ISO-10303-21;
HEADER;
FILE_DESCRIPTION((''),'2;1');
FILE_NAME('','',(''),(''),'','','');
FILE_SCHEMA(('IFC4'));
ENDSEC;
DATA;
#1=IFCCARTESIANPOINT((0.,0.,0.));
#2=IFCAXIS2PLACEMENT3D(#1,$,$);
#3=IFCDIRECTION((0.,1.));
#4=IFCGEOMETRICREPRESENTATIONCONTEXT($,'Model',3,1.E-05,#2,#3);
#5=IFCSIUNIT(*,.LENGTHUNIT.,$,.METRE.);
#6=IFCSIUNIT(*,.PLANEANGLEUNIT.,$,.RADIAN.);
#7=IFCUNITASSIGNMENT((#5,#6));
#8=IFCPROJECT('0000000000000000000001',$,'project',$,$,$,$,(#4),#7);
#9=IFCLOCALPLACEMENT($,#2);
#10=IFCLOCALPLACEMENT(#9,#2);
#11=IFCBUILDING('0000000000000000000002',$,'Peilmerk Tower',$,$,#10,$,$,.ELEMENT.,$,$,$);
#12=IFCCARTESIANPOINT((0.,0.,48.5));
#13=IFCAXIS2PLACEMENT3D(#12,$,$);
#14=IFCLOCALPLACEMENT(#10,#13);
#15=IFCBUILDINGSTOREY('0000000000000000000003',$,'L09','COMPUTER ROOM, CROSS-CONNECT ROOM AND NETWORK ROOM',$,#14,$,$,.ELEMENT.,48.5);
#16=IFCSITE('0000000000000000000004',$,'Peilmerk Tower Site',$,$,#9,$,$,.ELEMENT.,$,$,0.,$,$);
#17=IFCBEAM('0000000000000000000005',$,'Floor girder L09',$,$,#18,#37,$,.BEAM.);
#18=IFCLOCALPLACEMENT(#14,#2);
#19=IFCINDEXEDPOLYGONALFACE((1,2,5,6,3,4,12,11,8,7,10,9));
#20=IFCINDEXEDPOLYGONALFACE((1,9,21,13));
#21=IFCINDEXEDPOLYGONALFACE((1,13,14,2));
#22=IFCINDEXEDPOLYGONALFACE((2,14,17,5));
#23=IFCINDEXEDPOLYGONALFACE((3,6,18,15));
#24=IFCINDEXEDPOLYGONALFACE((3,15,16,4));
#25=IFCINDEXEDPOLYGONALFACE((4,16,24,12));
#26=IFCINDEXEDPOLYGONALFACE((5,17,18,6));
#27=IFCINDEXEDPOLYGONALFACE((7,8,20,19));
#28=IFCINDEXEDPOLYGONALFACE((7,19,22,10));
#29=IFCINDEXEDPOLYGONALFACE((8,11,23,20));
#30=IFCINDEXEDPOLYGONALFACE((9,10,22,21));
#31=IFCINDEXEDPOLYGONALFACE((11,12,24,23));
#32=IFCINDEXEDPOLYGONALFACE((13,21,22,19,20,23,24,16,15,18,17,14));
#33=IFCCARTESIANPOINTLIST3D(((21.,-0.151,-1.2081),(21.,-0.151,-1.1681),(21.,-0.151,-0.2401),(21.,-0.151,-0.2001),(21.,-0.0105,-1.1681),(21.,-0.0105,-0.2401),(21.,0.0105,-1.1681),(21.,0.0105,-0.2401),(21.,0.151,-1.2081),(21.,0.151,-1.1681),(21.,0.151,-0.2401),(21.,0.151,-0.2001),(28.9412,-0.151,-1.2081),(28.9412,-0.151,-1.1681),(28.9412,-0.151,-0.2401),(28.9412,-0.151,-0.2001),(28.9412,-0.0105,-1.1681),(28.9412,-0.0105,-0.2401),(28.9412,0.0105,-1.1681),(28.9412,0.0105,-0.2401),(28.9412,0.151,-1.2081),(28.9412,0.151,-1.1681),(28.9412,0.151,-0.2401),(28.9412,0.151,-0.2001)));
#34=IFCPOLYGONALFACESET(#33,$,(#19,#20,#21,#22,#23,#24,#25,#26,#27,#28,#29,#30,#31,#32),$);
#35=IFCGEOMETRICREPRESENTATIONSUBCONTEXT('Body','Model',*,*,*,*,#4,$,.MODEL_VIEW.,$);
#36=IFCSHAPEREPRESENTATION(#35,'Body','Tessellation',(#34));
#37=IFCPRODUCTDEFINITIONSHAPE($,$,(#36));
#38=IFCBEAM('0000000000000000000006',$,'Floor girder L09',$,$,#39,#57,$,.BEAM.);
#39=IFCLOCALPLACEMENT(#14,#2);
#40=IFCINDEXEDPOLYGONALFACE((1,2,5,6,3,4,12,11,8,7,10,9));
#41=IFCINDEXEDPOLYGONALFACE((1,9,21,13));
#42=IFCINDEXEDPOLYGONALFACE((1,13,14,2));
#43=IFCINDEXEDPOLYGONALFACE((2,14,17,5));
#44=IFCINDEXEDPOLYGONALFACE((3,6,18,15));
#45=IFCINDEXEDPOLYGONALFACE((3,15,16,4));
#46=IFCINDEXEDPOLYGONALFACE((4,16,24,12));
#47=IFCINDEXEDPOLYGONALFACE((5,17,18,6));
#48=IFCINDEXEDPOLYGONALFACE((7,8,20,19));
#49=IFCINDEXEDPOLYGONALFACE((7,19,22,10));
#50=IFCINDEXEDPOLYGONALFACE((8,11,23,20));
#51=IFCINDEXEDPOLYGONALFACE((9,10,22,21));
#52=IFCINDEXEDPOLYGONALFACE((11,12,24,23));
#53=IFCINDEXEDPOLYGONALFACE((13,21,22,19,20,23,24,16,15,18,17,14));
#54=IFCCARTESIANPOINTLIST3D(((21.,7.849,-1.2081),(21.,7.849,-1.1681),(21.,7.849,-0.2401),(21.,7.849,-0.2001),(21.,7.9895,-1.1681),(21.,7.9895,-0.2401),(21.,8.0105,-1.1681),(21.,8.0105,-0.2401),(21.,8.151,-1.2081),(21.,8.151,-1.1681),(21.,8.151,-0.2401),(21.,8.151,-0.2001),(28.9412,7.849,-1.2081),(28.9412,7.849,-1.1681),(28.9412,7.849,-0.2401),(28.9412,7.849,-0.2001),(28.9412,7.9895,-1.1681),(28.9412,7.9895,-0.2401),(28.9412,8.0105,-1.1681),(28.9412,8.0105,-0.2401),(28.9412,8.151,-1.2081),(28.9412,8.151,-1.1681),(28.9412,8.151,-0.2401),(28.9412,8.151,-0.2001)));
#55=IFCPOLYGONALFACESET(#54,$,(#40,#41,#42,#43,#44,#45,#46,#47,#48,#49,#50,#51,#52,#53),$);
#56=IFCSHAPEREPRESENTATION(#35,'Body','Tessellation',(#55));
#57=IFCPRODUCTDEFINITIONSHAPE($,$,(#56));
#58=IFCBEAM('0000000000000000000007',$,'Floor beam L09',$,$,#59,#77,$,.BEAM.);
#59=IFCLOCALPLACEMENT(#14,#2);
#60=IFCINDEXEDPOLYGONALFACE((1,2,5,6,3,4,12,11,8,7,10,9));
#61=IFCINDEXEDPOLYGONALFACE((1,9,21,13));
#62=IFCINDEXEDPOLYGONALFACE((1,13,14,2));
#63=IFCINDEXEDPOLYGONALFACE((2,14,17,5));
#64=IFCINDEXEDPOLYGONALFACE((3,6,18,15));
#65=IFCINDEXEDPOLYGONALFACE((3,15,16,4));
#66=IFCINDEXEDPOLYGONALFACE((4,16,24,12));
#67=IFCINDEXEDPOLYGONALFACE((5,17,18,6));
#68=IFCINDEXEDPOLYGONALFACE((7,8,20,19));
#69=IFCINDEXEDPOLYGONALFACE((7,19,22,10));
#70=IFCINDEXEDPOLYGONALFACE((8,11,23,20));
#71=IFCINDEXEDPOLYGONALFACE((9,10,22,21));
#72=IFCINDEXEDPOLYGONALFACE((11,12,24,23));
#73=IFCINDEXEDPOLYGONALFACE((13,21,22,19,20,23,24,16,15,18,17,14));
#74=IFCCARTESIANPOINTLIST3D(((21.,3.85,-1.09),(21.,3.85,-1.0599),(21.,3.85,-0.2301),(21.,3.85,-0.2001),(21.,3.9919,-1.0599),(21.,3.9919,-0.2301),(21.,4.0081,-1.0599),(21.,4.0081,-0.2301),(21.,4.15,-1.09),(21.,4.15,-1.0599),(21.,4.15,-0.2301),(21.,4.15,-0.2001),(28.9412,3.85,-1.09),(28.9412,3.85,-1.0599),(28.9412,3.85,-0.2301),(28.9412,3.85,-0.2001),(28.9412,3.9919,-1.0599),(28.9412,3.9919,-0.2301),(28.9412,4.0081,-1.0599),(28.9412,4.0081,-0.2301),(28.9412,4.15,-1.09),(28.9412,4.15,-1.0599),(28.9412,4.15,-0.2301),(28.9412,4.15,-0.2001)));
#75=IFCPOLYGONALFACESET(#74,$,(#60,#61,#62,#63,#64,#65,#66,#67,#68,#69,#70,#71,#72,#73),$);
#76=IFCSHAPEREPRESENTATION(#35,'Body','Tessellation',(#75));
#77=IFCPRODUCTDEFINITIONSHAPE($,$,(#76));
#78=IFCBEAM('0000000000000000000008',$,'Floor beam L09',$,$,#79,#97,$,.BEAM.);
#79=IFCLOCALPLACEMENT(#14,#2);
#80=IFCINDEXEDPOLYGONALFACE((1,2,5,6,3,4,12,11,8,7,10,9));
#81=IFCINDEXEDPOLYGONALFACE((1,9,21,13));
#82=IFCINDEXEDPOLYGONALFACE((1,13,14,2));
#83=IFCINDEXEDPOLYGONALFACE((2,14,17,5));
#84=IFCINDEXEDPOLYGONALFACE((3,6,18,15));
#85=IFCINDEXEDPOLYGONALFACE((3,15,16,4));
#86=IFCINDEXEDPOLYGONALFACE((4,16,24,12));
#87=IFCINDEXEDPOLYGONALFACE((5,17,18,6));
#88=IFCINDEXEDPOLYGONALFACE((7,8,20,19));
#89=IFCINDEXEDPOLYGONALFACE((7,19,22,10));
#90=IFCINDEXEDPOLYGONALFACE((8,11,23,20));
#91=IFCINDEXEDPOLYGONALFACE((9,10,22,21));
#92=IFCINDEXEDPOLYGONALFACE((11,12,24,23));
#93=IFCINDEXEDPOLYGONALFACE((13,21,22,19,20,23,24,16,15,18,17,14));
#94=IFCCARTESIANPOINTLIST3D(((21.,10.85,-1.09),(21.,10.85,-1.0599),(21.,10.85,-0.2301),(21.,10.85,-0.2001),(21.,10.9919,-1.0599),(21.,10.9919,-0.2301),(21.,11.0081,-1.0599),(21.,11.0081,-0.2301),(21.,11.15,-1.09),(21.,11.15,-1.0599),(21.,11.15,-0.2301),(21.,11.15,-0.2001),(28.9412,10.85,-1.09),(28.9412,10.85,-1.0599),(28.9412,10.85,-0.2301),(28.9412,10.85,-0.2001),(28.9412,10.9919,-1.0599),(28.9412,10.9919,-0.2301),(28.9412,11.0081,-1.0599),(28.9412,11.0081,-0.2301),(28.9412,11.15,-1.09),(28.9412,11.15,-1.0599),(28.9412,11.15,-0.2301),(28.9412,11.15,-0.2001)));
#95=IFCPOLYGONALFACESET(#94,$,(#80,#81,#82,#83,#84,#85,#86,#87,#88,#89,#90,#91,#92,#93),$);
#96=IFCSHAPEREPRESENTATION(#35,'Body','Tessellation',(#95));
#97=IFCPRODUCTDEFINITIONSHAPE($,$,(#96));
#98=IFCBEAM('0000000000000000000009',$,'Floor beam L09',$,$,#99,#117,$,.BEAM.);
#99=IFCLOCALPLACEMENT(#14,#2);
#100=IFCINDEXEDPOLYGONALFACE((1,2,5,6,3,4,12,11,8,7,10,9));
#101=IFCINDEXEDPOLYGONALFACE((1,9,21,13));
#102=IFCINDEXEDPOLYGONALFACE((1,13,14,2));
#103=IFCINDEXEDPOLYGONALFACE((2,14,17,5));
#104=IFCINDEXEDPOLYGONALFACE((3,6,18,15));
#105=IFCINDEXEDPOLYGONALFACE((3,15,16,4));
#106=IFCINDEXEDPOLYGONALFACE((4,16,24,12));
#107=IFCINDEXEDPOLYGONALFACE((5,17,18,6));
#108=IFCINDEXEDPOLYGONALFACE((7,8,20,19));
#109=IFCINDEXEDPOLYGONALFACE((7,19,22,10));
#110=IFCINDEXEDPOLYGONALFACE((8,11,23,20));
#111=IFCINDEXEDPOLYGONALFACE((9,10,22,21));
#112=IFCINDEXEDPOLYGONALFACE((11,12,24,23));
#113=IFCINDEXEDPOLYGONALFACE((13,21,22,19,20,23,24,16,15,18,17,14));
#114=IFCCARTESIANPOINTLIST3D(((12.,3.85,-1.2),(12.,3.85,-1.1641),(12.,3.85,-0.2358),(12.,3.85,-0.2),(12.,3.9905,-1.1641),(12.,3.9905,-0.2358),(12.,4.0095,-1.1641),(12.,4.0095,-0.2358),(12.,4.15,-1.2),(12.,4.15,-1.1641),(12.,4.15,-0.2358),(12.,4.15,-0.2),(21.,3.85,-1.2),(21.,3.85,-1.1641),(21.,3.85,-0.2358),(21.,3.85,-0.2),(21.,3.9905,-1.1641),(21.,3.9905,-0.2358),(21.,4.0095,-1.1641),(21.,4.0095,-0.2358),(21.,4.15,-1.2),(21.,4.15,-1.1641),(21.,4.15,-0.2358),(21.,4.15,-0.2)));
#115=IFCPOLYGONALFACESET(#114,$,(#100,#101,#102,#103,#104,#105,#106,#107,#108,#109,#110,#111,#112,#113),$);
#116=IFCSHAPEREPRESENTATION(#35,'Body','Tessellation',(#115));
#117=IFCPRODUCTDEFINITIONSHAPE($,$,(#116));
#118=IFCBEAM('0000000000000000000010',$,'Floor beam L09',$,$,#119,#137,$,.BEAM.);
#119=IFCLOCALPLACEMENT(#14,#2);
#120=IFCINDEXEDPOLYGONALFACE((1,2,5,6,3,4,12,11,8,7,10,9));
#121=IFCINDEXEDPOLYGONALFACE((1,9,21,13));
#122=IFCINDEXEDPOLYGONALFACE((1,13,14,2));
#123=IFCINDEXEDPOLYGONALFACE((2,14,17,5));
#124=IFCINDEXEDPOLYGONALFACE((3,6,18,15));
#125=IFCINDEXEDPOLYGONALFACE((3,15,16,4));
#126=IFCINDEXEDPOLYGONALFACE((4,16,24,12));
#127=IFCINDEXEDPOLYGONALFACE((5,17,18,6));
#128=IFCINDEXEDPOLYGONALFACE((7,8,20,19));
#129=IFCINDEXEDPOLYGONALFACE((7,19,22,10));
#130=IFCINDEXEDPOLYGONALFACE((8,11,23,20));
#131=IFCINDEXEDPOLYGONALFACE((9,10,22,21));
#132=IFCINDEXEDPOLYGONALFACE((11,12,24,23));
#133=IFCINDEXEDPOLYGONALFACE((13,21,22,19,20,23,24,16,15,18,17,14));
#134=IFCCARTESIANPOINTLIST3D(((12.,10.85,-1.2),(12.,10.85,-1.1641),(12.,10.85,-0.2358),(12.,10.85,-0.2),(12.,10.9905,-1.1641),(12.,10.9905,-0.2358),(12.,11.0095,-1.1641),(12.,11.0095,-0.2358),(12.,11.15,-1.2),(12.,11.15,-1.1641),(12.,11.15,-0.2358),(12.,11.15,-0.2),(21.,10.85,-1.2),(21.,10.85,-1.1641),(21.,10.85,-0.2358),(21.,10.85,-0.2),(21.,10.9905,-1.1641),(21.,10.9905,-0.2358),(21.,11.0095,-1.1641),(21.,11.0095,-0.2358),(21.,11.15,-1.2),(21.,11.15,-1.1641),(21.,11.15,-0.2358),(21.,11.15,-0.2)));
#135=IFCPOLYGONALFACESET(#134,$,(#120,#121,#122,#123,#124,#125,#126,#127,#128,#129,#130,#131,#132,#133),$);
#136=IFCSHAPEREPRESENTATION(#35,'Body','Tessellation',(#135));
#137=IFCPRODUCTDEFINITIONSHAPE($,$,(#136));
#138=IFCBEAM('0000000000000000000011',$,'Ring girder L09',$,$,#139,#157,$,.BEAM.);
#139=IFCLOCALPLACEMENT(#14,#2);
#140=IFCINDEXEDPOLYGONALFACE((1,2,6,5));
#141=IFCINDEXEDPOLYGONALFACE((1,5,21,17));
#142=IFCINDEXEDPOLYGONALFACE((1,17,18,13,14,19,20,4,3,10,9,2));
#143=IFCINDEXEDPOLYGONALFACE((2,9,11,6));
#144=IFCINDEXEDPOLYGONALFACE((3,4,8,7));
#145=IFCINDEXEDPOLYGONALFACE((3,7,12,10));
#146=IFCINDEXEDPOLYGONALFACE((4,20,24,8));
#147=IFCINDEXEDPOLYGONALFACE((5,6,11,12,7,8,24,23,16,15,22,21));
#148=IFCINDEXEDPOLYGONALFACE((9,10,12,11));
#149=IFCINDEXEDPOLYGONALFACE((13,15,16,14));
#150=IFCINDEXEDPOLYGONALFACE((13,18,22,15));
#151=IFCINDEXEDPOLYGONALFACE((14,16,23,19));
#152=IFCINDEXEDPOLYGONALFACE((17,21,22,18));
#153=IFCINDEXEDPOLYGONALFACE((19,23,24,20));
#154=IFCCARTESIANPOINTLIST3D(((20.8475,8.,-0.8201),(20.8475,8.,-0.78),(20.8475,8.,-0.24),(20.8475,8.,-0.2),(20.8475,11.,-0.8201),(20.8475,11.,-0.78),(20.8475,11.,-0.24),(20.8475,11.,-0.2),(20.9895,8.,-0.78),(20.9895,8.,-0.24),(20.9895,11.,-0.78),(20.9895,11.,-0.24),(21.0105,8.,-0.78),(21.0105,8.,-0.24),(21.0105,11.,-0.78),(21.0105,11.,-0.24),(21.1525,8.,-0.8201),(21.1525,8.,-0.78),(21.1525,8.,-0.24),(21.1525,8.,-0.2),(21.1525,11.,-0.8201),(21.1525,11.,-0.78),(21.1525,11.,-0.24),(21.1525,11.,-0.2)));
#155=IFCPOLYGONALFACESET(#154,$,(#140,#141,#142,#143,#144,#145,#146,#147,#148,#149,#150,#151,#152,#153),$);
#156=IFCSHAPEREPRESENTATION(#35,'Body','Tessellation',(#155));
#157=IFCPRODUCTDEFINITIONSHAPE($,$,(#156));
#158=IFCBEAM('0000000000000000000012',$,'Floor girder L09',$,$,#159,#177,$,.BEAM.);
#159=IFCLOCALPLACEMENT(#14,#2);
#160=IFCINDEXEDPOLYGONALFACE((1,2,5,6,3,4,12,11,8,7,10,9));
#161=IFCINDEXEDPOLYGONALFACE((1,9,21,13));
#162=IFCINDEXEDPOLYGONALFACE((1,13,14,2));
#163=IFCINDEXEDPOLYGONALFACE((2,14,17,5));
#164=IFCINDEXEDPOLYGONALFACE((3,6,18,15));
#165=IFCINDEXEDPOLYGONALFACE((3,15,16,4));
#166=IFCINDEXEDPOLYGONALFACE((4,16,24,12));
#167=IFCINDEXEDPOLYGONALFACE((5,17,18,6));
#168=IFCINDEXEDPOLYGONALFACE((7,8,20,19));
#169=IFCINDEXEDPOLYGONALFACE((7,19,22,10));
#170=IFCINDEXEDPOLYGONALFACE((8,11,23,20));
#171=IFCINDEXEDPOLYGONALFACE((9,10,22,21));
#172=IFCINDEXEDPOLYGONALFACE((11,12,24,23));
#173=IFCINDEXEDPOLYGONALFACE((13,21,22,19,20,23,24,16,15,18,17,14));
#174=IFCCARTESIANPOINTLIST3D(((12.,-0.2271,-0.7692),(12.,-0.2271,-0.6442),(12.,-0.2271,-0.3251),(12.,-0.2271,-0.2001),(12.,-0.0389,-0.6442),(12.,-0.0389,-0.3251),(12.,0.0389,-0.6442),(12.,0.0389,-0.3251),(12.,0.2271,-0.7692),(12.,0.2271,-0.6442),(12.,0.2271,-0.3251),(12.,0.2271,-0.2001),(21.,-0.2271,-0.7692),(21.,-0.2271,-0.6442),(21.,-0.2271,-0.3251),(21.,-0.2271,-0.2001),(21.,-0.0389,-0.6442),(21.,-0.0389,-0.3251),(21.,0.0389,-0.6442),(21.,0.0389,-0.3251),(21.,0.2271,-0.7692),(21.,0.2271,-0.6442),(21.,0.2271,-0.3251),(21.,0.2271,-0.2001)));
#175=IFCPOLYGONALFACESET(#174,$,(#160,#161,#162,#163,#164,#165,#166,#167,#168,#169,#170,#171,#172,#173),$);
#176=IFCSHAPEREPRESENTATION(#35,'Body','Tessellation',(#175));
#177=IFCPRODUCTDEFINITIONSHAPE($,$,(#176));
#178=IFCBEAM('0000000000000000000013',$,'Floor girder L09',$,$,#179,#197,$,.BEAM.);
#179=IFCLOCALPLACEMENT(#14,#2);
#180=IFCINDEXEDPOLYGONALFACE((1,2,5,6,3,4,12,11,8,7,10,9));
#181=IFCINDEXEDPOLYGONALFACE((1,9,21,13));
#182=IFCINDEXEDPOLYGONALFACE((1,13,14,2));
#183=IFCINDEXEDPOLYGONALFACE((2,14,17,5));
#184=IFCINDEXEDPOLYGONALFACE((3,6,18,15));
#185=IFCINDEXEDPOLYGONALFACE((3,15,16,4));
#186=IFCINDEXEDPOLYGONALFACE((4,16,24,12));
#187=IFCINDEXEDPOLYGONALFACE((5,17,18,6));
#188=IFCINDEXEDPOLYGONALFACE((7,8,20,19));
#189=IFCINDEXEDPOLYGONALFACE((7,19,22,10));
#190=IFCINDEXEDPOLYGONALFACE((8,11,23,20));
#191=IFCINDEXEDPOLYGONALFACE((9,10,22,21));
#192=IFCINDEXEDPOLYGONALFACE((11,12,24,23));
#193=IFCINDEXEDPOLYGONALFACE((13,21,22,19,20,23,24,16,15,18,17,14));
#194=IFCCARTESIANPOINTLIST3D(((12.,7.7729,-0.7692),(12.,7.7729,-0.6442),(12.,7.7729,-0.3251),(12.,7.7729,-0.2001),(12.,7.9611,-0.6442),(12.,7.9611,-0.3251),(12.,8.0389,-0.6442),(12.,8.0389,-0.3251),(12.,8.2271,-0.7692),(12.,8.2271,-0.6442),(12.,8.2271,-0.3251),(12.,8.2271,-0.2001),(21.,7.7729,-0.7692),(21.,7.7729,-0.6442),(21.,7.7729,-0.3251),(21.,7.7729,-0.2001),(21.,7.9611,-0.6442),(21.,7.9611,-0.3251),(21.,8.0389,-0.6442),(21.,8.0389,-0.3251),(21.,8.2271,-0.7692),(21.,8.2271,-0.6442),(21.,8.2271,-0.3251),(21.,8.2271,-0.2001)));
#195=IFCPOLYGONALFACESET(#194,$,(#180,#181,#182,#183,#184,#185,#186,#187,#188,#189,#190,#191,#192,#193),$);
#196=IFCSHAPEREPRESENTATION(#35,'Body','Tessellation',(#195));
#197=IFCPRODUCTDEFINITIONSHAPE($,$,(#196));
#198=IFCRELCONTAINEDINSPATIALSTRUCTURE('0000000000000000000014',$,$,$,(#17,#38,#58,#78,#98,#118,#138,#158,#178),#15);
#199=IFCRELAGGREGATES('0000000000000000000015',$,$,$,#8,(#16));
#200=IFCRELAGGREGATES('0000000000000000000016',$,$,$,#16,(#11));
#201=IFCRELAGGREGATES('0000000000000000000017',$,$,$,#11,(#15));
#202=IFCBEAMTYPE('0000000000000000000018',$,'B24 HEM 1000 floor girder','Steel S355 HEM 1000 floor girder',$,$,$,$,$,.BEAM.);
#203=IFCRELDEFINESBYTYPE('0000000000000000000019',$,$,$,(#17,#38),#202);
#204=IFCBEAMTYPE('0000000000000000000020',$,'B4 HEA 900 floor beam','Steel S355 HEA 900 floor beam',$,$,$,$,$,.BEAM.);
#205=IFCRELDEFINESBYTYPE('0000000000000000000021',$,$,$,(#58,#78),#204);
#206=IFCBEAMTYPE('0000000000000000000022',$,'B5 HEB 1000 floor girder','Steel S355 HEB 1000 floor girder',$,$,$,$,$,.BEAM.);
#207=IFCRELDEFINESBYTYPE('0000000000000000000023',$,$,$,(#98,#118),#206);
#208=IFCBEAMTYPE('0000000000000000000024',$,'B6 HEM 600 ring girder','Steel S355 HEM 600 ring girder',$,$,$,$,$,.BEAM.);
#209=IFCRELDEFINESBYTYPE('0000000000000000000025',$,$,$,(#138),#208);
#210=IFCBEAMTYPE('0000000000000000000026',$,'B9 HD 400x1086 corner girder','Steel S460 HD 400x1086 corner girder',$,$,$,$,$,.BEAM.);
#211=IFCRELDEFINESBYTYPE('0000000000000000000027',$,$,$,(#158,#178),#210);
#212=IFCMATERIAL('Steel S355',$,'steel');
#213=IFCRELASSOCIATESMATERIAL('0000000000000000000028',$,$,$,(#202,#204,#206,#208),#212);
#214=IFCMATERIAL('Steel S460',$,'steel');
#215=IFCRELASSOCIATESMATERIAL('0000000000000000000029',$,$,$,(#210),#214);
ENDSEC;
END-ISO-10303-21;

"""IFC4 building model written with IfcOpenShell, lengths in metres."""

from ifc_helpers import new_model, si_unit, direction, frame, origin, origin_2d, place, context, subcontext, project, spatial, i_section, extrude, material, material_profile, profile_set, type_object, element, save


model = new_model("IFC4")

# Units and contexts
model_context = context("Model", 3, precision=1e-05, world=origin(), true_north=direction((0.0, 1.0)))
body_context = subcontext(model_context, "Body", "Model", "MODEL_VIEW")
ifc_project = project(units=[si_unit("LENGTHUNIT", "METRE"), si_unit("PLANEANGLEUNIT", "RADIAN")], contexts=[model_context])

# Site, building, storey
site_placement = place(None, origin())
site = spatial("IfcSite", under=ifc_project, at=site_placement, Name="Peilmerk Tower Site", CompositionType="ELEMENT", RefElevation=0.0)
building_placement = place(site_placement, origin())
building = spatial("IfcBuilding", under=site, at=building_placement, Name="Peilmerk Tower", CompositionType="ELEMENT")
storey_placement = place(building_placement, frame((0.0, 0.0, 48.5)))
storey = spatial("IfcBuildingStorey", under=building, at=storey_placement, Name="L09", Description="COMPUTER ROOM, CROSS-CONNECT ROOM AND NETWORK ROOM", CompositionType="ELEMENT", Elevation=48.5)

# Beams
ifc_material_1 = material(Name="Steel S355", Category="steel")
ifc_material_profile_1 = material_profile(ifc_material_1, i_section(OverallWidth=0.302, OverallDepth=1.0081, WebThickness=0.021, FlangeThickness=0.04, at=origin_2d()), Name="HEM 1000")
ifc_profile_set_1 = profile_set([ifc_material_profile_1], Name="Steel S355")
beam_type_1 = type_object("IfcBeamType", Name="B24 HEM 1000 floor girder", Description="Steel S355 HEM 1000 floor girder", PredefinedType="BEAM", material=ifc_profile_set_1)
for number, where, z_axis, x_axis, name in (
    (1, (21.0, 0.0, -0.7041), (1.0, 0.0, 0.0), (0.0, 1.0, 0.0), "Floor girder L09"),
    (2, (21.0, 8.0, -0.7041), (1.0, 0.0, 0.0), (0.0, 1.0, 0.0), "Floor girder L09"),
):
    element("IfcBeam", number, at=place(storey_placement, frame(where, z_axis=z_axis, x_axis=x_axis)), inside=storey, type_object=beam_type_1, Name=name, PredefinedType="BEAM", context=body_context, shape_type="SweptSolid", body=[
        extrude(i_section(OverallWidth=0.302, OverallDepth=1.0081, WebThickness=0.021, FlangeThickness=0.04, at=origin_2d()), origin(), (0.0, 0.0, 1.0), 7.9412),
    ])
ifc_material_profile_2 = material_profile(ifc_material_1, i_section(OverallWidth=0.3, OverallDepth=0.8899, WebThickness=0.0161, FlangeThickness=0.03, at=origin_2d()), Name="HEA 900")
ifc_profile_set_2 = profile_set([ifc_material_profile_2], Name="Steel S355")
beam_type_2 = type_object("IfcBeamType", Name="B4 HEA 900 floor beam", Description="Steel S355 HEA 900 floor beam", PredefinedType="BEAM", material=ifc_profile_set_2)
for number, where, z_axis, x_axis, name in (
    (3, (21.0, 4.0, -0.645), (1.0, 0.0, 0.0), (0.0, 1.0, 0.0), "Floor beam L09"),
    (4, (21.0, 11.0, -0.645), (1.0, 0.0, 0.0), (0.0, 1.0, 0.0), "Floor beam L09"),
):
    element("IfcBeam", number, at=place(storey_placement, frame(where, z_axis=z_axis, x_axis=x_axis)), inside=storey, type_object=beam_type_2, Name=name, PredefinedType="BEAM", context=body_context, shape_type="SweptSolid", body=[
        extrude(i_section(OverallWidth=0.3, OverallDepth=0.8899, WebThickness=0.0161, FlangeThickness=0.03, at=origin_2d()), origin(), (0.0, 0.0, 1.0), 7.9412),
    ])
ifc_material_profile_3 = material_profile(ifc_material_1, i_section(OverallWidth=0.3, OverallDepth=1.0, WebThickness=0.019, FlangeThickness=0.0359, at=origin_2d()), Name="HEB 1000")
ifc_profile_set_3 = profile_set([ifc_material_profile_3], Name="Steel S355")
beam_type_3 = type_object("IfcBeamType", Name="B5 HEB 1000 floor girder", Description="Steel S355 HEB 1000 floor girder", PredefinedType="BEAM", material=ifc_profile_set_3)
for number, where, z_axis, x_axis, name in (
    (5, (12.0, 4.0, -0.7), (1.0, 0.0, 0.0), (0.0, 1.0, 0.0), "Floor beam L09"),
    (6, (12.0, 11.0, -0.7), (1.0, 0.0, 0.0), (0.0, 1.0, 0.0), "Floor beam L09"),
):
    element("IfcBeam", number, at=place(storey_placement, frame(where, z_axis=z_axis, x_axis=x_axis)), inside=storey, type_object=beam_type_3, Name=name, PredefinedType="BEAM", context=body_context, shape_type="SweptSolid", body=[
        extrude(i_section(OverallWidth=0.3, OverallDepth=1.0, WebThickness=0.019, FlangeThickness=0.0359, at=origin_2d()), origin(), (0.0, 0.0, 1.0), 9.0),
    ])
ifc_material_profile_4 = material_profile(ifc_material_1, i_section(OverallWidth=0.3049, OverallDepth=0.6201, WebThickness=0.021, FlangeThickness=0.04, at=origin_2d()), Name="HEM 600")
ifc_profile_set_4 = profile_set([ifc_material_profile_4], Name="Steel S355")
beam_type_4 = type_object("IfcBeamType", Name="B6 HEM 600 ring girder", Description="Steel S355 HEM 600 ring girder", PredefinedType="BEAM", material=ifc_profile_set_4)
beam_1_placement = place(storey_placement, frame((21.0, 8.0, -0.51), z_axis=(0.0, 1.0, 0.0), x_axis=(-1.0, 0.0, 0.0)))
element("IfcBeam", 7, at=beam_1_placement, inside=storey, type_object=beam_type_4, Name="Ring girder L09", PredefinedType="BEAM", context=body_context, shape_type="SweptSolid", body=[
    extrude(i_section(OverallWidth=0.3049, OverallDepth=0.6201, WebThickness=0.021, FlangeThickness=0.04, at=origin_2d()), origin(), (0.0, 0.0, 1.0), 3.0),
])
ifc_material_2 = material(Name="Steel S460", Category="steel")
ifc_material_profile_5 = material_profile(ifc_material_2, i_section(OverallWidth=0.4541, OverallDepth=0.5691, WebThickness=0.0779, FlangeThickness=0.125, at=origin_2d()), Name="HD 400x1086")
ifc_profile_set_5 = profile_set([ifc_material_profile_5], Name="Steel S460")
beam_type_5 = type_object("IfcBeamType", Name="B9 HD 400x1086 corner girder", Description="Steel S460 HD 400x1086 corner girder", PredefinedType="BEAM", material=ifc_profile_set_5)
for number, where, z_axis, x_axis, name in (
    (8, (12.0, 0.0, -0.4846), (1.0, 0.0, 0.0), (0.0, 1.0, 0.0), "Floor girder L09"),
    (9, (12.0, 8.0, -0.4846), (1.0, 0.0, 0.0), (0.0, 1.0, 0.0), "Floor girder L09"),
):
    element("IfcBeam", number, at=place(storey_placement, frame(where, z_axis=z_axis, x_axis=x_axis)), inside=storey, type_object=beam_type_5, Name=name, PredefinedType="BEAM", context=body_context, shape_type="SweptSolid", body=[
        extrude(i_section(OverallWidth=0.4541, OverallDepth=0.5691, WebThickness=0.0779, FlangeThickness=0.125, at=origin_2d()), origin(), (0.0, 0.0, 1.0), 9.0),
    ])

save(model, "model.ifc")
